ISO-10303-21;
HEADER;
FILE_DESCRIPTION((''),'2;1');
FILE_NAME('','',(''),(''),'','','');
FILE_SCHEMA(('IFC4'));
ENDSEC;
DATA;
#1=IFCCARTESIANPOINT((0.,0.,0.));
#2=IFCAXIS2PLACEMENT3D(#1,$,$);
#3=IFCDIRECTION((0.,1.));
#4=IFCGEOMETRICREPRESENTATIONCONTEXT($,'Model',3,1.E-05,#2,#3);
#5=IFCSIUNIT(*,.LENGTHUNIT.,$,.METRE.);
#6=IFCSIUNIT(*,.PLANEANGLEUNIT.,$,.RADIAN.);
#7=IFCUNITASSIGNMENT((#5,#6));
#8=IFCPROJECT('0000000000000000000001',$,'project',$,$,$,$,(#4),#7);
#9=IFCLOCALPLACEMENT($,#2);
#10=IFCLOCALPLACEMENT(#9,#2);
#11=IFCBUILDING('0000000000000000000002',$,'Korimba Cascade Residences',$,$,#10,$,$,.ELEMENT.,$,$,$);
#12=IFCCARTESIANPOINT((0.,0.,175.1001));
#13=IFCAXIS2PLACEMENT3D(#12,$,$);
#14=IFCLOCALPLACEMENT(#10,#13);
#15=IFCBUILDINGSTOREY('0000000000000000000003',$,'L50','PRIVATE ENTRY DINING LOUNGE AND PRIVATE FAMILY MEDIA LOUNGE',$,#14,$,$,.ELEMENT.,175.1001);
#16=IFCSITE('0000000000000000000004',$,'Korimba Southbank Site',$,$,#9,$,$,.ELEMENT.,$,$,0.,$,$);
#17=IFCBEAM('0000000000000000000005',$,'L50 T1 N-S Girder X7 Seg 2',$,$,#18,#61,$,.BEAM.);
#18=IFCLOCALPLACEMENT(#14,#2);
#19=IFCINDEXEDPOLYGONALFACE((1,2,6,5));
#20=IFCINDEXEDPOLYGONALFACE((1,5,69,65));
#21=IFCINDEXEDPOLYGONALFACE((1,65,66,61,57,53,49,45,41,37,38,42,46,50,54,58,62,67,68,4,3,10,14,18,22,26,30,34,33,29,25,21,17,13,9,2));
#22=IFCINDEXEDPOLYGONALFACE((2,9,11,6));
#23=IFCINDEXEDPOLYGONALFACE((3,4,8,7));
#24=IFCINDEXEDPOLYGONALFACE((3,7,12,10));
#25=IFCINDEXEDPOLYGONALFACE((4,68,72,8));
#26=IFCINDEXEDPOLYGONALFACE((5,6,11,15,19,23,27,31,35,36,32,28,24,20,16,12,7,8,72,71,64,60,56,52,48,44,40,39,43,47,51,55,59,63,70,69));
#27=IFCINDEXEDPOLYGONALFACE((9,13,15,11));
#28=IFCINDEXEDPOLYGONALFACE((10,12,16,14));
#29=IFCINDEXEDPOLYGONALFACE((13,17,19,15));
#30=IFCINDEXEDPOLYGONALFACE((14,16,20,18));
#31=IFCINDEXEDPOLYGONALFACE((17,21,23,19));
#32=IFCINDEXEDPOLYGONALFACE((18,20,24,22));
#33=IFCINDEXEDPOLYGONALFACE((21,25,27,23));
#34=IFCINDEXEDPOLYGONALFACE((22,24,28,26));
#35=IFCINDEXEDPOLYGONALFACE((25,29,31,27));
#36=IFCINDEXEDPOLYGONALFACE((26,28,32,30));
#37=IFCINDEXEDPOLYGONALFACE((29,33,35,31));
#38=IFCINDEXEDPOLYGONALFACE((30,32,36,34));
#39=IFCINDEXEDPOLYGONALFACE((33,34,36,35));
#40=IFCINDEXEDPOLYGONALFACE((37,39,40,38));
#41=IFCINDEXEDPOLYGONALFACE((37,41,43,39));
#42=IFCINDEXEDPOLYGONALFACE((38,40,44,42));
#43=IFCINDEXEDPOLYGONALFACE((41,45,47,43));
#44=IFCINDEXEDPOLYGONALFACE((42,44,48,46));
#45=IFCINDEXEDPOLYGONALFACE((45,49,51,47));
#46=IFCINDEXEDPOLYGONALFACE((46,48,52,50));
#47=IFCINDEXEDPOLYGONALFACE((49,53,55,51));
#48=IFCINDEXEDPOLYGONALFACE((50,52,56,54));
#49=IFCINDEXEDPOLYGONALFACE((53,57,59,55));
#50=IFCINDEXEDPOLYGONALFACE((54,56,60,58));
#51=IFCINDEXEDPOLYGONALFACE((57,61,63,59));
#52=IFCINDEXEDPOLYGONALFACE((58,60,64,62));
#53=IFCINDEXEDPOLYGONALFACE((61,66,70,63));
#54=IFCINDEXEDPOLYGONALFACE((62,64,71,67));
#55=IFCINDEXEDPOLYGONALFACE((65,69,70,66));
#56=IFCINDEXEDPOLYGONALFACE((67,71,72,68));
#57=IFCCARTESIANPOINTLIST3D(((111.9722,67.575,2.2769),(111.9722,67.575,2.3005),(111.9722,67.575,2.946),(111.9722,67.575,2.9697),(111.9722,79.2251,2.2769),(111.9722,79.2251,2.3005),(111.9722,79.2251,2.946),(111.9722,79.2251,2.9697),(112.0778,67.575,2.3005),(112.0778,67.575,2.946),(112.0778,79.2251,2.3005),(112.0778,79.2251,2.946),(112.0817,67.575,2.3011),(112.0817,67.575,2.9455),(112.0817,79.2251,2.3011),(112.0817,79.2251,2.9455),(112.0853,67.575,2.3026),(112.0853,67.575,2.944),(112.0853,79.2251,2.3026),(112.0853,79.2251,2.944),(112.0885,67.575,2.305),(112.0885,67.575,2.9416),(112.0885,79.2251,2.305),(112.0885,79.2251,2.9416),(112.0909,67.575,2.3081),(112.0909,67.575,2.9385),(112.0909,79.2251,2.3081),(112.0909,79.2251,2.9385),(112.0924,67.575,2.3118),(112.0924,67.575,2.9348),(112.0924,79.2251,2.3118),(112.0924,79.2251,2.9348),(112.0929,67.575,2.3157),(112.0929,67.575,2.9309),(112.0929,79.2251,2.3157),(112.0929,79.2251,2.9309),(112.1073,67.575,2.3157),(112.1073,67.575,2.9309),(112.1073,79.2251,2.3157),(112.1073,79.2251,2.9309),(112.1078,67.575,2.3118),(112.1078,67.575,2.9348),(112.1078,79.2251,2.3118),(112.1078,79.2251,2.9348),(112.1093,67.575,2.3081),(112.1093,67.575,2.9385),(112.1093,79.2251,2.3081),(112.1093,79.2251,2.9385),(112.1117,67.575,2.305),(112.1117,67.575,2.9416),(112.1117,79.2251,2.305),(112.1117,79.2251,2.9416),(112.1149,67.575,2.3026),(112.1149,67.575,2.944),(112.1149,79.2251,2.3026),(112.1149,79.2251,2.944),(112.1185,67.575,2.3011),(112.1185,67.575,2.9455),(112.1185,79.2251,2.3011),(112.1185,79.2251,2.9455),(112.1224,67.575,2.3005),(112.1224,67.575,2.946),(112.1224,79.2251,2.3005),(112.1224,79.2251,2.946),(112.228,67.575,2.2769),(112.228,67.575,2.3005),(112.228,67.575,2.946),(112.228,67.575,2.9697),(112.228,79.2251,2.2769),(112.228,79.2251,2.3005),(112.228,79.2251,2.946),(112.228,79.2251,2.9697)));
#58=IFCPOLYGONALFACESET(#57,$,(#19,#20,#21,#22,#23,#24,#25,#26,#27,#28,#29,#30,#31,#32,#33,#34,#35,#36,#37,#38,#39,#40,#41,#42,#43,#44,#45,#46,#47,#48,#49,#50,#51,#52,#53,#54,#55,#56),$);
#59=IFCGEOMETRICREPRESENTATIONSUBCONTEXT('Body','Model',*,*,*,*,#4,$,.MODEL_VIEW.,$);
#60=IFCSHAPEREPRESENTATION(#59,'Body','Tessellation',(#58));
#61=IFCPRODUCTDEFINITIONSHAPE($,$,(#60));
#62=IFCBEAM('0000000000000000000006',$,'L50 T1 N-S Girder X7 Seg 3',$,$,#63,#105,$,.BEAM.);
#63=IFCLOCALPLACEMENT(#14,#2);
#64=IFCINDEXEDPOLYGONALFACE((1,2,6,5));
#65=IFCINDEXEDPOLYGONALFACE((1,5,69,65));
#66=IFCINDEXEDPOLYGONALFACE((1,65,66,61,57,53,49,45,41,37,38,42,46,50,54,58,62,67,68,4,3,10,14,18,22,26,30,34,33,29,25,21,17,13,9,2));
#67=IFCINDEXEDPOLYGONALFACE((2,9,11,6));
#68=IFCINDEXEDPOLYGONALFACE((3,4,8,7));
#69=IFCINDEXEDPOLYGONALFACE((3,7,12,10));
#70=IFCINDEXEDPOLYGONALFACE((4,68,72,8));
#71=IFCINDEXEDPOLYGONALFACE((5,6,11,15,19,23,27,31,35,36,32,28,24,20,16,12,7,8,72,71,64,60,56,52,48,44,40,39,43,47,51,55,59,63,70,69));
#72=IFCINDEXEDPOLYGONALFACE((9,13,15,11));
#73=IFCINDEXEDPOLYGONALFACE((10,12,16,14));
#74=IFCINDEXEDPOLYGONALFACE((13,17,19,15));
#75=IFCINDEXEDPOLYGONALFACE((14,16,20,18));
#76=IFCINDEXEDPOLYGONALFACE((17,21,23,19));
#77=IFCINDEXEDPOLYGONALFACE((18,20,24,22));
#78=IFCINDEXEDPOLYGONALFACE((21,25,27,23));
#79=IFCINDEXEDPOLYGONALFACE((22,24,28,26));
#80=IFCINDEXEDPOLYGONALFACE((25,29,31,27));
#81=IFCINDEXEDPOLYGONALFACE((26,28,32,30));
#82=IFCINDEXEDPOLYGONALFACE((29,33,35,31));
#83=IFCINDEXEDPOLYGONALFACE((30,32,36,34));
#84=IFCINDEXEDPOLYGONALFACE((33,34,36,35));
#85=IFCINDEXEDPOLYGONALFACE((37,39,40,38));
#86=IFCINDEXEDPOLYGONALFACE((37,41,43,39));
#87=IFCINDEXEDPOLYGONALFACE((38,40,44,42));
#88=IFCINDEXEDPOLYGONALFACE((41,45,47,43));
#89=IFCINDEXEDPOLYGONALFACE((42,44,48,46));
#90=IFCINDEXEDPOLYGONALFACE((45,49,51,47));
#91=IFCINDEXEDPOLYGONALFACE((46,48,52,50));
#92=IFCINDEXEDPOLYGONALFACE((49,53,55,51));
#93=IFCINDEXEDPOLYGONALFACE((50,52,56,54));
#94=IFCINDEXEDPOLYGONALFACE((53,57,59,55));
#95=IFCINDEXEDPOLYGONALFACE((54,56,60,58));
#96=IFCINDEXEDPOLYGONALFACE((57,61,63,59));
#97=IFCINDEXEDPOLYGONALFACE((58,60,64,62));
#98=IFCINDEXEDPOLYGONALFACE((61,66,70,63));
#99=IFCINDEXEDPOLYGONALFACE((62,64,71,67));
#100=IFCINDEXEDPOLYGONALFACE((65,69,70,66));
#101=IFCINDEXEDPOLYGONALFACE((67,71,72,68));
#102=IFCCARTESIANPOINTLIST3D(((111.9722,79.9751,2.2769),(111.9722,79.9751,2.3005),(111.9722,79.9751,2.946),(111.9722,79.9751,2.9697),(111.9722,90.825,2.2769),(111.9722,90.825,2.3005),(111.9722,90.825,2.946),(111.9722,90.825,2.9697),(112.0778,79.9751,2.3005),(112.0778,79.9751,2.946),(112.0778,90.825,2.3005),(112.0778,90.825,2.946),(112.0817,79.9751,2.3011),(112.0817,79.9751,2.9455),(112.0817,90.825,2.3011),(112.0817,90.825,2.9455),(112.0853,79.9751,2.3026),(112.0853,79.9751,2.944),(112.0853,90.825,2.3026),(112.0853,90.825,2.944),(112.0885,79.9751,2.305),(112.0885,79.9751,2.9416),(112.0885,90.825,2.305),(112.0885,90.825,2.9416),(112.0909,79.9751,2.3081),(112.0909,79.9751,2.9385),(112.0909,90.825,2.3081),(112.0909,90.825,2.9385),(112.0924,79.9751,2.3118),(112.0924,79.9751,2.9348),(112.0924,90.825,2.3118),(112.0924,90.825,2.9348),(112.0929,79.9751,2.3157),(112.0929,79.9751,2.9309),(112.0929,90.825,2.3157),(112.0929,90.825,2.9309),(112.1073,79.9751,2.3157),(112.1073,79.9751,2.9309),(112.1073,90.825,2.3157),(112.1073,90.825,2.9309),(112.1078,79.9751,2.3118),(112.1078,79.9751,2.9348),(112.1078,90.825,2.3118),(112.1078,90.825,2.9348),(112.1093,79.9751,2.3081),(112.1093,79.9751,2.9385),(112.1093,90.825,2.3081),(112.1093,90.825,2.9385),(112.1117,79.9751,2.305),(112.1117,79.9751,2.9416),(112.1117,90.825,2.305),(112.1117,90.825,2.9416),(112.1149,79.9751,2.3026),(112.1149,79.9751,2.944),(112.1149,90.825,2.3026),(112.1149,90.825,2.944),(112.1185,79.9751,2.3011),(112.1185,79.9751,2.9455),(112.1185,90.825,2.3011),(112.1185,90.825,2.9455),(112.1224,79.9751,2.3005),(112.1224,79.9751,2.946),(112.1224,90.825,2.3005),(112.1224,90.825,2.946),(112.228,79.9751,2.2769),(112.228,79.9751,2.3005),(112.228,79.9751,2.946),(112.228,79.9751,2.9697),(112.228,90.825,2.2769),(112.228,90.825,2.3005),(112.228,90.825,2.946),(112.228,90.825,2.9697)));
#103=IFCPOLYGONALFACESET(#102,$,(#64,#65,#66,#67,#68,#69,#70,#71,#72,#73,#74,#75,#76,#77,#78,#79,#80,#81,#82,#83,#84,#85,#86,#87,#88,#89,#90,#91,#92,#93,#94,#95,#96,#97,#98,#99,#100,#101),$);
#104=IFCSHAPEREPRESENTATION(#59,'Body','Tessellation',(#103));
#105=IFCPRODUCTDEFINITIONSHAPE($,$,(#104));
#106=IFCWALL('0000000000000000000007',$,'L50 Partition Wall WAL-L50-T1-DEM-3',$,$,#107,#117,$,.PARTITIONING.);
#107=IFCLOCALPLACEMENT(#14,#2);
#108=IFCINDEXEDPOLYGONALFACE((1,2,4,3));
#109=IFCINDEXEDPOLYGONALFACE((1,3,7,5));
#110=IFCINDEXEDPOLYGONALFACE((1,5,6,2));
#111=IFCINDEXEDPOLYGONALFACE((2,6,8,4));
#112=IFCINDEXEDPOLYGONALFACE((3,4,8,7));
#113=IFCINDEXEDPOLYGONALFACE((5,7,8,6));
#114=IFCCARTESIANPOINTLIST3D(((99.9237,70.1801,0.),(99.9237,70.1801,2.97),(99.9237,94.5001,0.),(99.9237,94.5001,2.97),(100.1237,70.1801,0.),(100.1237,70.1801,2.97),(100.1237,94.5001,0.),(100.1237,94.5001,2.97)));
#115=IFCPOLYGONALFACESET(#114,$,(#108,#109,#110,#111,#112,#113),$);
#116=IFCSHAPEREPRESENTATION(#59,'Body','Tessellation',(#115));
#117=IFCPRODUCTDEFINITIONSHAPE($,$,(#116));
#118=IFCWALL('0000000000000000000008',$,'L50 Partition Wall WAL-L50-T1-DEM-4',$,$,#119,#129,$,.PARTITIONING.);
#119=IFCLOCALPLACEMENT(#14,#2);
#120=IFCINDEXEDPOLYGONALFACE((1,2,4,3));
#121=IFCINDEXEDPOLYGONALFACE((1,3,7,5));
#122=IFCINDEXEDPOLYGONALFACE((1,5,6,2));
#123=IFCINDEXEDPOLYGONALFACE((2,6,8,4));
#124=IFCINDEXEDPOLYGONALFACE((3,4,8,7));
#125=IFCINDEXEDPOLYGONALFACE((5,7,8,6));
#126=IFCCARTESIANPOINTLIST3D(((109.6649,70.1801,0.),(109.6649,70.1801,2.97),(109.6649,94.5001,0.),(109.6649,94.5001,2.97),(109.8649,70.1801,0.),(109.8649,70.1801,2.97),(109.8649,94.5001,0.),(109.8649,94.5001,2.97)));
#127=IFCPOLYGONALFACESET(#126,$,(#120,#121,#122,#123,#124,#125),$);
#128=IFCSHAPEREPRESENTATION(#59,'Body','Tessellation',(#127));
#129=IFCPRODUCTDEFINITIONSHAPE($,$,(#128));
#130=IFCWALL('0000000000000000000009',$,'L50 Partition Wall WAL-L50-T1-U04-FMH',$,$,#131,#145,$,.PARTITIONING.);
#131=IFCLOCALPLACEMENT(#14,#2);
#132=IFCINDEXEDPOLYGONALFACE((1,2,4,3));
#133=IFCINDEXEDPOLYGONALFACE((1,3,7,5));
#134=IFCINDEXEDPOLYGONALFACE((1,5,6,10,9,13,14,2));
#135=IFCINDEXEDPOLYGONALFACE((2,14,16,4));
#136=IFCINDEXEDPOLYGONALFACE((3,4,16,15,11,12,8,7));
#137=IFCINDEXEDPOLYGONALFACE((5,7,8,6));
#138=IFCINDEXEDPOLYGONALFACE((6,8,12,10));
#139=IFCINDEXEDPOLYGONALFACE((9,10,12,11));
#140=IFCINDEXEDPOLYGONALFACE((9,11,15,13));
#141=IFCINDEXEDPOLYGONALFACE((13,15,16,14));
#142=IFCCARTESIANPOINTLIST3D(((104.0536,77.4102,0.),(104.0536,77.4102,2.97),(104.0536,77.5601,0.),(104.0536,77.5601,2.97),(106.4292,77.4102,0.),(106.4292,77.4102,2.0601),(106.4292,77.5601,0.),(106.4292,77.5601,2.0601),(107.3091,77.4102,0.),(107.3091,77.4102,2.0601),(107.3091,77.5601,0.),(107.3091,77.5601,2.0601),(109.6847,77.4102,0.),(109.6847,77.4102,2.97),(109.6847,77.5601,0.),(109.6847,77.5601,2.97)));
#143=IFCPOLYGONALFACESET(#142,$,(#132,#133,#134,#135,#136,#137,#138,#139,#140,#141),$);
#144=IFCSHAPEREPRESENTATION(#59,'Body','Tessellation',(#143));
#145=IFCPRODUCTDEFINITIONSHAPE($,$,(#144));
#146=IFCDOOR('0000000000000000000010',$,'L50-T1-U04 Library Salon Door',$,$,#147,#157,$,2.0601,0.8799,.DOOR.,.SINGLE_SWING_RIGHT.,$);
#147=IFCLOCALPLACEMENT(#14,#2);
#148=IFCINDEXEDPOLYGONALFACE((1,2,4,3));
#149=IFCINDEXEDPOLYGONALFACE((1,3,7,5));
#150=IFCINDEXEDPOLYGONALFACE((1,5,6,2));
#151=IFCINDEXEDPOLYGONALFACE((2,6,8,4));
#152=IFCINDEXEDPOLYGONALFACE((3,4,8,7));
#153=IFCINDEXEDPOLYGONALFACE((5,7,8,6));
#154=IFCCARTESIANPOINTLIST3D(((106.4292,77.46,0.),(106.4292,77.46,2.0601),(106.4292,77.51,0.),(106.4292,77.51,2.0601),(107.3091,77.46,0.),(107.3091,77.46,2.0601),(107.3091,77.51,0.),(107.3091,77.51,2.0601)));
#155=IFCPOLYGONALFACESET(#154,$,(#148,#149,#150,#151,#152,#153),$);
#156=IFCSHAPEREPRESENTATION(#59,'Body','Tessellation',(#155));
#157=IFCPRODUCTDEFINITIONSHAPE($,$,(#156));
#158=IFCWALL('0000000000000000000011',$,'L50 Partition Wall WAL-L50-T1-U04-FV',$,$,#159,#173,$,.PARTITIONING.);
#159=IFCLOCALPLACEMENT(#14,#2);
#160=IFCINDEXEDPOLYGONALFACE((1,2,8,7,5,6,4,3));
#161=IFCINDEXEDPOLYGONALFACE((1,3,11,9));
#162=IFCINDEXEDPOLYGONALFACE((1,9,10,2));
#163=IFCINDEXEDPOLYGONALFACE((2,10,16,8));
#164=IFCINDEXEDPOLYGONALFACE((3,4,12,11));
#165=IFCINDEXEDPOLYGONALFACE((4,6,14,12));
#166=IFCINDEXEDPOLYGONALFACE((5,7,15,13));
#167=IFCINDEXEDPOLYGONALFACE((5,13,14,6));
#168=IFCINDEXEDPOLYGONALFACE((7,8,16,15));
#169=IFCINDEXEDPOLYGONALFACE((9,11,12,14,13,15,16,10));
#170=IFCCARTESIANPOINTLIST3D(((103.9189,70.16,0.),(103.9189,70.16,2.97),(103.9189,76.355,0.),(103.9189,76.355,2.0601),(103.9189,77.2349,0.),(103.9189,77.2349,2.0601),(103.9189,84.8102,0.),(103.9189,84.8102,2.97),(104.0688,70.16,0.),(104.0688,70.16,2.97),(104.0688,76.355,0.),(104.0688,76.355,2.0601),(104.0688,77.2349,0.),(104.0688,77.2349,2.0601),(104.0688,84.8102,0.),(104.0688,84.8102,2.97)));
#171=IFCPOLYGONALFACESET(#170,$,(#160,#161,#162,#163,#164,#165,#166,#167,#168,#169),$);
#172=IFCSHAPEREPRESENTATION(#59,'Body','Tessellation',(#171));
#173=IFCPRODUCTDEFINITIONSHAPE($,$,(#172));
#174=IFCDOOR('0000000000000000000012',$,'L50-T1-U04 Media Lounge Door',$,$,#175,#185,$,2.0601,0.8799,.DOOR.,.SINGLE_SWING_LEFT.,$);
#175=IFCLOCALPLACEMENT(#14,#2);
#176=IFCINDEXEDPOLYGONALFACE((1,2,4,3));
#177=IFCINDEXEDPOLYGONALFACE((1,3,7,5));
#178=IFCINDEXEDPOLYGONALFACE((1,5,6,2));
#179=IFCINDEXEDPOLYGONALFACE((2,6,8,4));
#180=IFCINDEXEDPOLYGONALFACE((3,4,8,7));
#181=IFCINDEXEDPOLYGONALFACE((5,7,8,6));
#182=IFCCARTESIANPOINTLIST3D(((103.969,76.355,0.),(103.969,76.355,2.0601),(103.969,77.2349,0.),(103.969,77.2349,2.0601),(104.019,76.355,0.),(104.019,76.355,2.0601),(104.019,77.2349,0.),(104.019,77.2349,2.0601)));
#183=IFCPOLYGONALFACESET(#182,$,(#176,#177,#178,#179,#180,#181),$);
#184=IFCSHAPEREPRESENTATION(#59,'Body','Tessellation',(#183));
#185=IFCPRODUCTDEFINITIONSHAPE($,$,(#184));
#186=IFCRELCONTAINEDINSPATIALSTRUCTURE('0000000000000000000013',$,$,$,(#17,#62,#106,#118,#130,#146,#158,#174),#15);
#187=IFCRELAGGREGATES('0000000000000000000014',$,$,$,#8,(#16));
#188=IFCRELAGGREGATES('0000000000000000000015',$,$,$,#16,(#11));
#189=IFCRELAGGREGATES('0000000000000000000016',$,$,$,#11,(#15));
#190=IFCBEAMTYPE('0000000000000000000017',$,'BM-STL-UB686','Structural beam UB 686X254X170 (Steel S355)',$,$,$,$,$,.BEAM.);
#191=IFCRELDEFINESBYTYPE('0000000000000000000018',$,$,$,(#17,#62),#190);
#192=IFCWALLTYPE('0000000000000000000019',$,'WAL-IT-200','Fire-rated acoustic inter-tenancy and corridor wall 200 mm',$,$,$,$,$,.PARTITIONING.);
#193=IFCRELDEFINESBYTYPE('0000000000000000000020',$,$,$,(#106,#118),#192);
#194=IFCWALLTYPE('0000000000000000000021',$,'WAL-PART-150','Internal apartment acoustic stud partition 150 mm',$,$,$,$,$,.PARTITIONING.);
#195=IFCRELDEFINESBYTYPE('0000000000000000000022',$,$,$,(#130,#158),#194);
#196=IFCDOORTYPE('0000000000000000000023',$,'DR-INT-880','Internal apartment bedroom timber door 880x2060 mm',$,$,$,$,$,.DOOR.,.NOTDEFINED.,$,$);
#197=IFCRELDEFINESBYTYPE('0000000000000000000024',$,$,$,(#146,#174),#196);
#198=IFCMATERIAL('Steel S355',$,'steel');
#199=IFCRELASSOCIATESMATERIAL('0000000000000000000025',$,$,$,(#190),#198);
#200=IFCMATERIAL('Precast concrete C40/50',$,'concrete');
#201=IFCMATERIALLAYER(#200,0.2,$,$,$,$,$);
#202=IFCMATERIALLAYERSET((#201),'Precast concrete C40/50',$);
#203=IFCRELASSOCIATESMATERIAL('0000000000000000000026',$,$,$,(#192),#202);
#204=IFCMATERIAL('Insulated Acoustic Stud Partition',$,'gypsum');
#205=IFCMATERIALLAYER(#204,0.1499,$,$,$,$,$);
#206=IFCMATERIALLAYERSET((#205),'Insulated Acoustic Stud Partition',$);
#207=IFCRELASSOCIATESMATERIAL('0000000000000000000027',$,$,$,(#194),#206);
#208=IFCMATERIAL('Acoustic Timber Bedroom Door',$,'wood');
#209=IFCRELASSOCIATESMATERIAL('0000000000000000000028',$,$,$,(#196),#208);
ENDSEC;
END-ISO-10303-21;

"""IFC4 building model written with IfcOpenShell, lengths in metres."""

from ifc_helpers import new_model, si_unit, direction, frame, frame_2d, origin, origin_2d, place, context, subcontext, project, spatial, rectangle, i_section, extrude, material, layer, layer_set, material_profile, profile_set, type_object, element, fill, save


model = new_model("IFC4")

# Units and contexts
model_context = context("Model", 3, precision=1e-05, world=origin(), true_north=direction((0.0, 1.0)))
body_context = subcontext(model_context, "Body", "Model", "MODEL_VIEW")
ifc_project = project(units=[si_unit("LENGTHUNIT", "METRE"), si_unit("PLANEANGLEUNIT", "RADIAN")], contexts=[model_context])

# Site, building, storey
site_placement = place(None, origin())
site = spatial("IfcSite", under=ifc_project, at=site_placement, Name="Korimba Southbank Site", CompositionType="ELEMENT", RefElevation=0.0)
building_placement = place(site_placement, origin())
building = spatial("IfcBuilding", under=site, at=building_placement, Name="Korimba Cascade Residences", CompositionType="ELEMENT")
storey_placement = place(building_placement, frame((0.0, 0.0, 175.1001)))
storey = spatial("IfcBuildingStorey", under=building, at=storey_placement, Name="L50", Description="PRIVATE ENTRY DINING LOUNGE AND PRIVATE FAMILY MEDIA LOUNGE", CompositionType="ELEMENT", Elevation=175.1001)

# Beams
ifc_material_1 = material(Name="Steel S355", Category="steel")
ifc_material_profile_1 = material_profile(ifc_material_1, i_section(OverallWidth=0.2559, OverallDepth=0.6929, WebThickness=0.0144, FlangeThickness=0.0237, FilletRadius=0.0151, at=origin_2d()), Name="Steel S355")
ifc_profile_set_1 = profile_set([ifc_material_profile_1], Name="Steel S355")
beam_type_1 = type_object("IfcBeamType", Name="BM-STL-UB686", Description="Structural beam UB 686X254X170 (Steel S355)", PredefinedType="BEAM", material=ifc_profile_set_1)
beam_1_placement = place(storey_placement, frame((112.1001, 67.575, 2.6233), z_axis=(0.0, 1.0, 0.0), x_axis=(-1.0, 0.0, 0.0)))
element("IfcBeam", 1, at=beam_1_placement, inside=storey, type_object=beam_type_1, Name="L50 T1 N-S Girder X7 Seg 2", PredefinedType="BEAM", context=body_context, shape_type="SweptSolid", body=[
    extrude(i_section(OverallWidth=0.2559, OverallDepth=0.6929, WebThickness=0.0144, FlangeThickness=0.0237, FilletRadius=0.0151, at=origin_2d()), origin(), (0.0, 0.0, 1.0), 11.6501),
])
beam_2_placement = place(storey_placement, frame((112.1001, 79.9751, 2.6233), z_axis=(0.0, 1.0, 0.0), x_axis=(-1.0, 0.0, 0.0)))
element("IfcBeam", 2, at=beam_2_placement, inside=storey, type_object=beam_type_1, Name="L50 T1 N-S Girder X7 Seg 3", PredefinedType="BEAM", context=body_context, shape_type="SweptSolid", body=[
    extrude(i_section(OverallWidth=0.2559, OverallDepth=0.6929, WebThickness=0.0144, FlangeThickness=0.0237, FilletRadius=0.0151, at=origin_2d()), origin(), (0.0, 0.0, 1.0), 10.8499),
])

# Walls
ifc_material_2 = material(Name="Precast concrete C40/50", Category="concrete")
ifc_layer_1 = layer(ifc_material_2, 0.2)
ifc_layer_set_1 = layer_set([ifc_layer_1], Name="Precast concrete C40/50")
wall_type_1 = type_object("IfcWallType", Name="WAL-IT-200", Description="Fire-rated acoustic inter-tenancy and corridor wall 200 mm", PredefinedType="PARTITIONING", material=ifc_layer_set_1)
for number, where, z_axis, x_axis, name in (
    (3, (100.0237, 70.1799, 0.0), (0.0, 0.0, 1.0), (0.0, 1.0, 0.0), "L50 Partition Wall WAL-L50-T1-DEM-3"),
    (4, (109.7649, 70.1799, 0.0), (0.0, 0.0, 1.0), (0.0, 1.0, 0.0), "L50 Partition Wall WAL-L50-T1-DEM-4"),
):
    element("IfcWall", number, at=place(storey_placement, frame(where, z_axis=z_axis, x_axis=x_axis)), inside=storey, type_object=wall_type_1, Name=name, PredefinedType="PARTITIONING", context=body_context, shape_type="SweptSolid", body=[
        extrude(rectangle(XDim=24.3201, YDim=0.2, at=frame_2d((12.1602, 0.0))), origin(), (0.0, 0.0, 1.0), 2.97),
    ])

# Walls, openings, doors
ifc_material_3 = material(Name="Insulated Acoustic Stud Partition", Category="gypsum")
ifc_layer_2 = layer(ifc_material_3, 0.1499)
ifc_layer_set_2 = layer_set([ifc_layer_2], Name="Insulated Acoustic Stud Partition")
wall_type_2 = type_object("IfcWallType", Name="WAL-PART-150", Description="Internal apartment acoustic stud partition 150 mm", PredefinedType="PARTITIONING", material=ifc_layer_set_2)
wall_1_placement = place(storey_placement, frame((104.0537, 77.4851, 0.0), z_axis=(0.0, 0.0, 1.0), x_axis=(1.0, 0.0, 0.0)))
wall_1 = element("IfcWall", 5, at=wall_1_placement, inside=storey, type_object=wall_type_2, Name="L50 Partition Wall WAL-L50-T1-U04-FMH", PredefinedType="PARTITIONING", context=body_context, shape_type="SweptSolid", body=[
    extrude(rectangle(XDim=5.6311, YDim=0.1499, at=frame_2d((2.8154, 0.0))), origin(), (0.0, 0.0, 1.0), 2.97),
])
opening_1_placement = place(wall_1_placement, frame((2.3755, 0.0, 0.0)))
opening_1 = element("IfcOpeningElement", 6, at=opening_1_placement, cuts=wall_1, PredefinedType="OPENING", context=body_context, shape_type="SweptSolid", body=[
    extrude(rectangle(XDim=0.8799, YDim=2.0601, at=frame_2d((0.4399, 1.03))), frame((0.0, 0.085, 0.0), z_axis=(0.0, -1.0, 0.0), x_axis=(1.0, 0.0, 0.0)), (0.0, 0.0, 1.0), 0.1699),
])
ifc_material_4 = material(Name="Acoustic Timber Bedroom Door", Category="wood")
door_type_1 = type_object("IfcDoorType", Name="DR-INT-880", Description="Internal apartment bedroom timber door 880x2060 mm", OperationType="NOTDEFINED", PredefinedType="DOOR", material=ifc_material_4)
door_1_placement = place(opening_1_placement, origin())
door_1 = element("IfcDoor", 7, at=door_1_placement, inside=storey, type_object=door_type_1, Name="L50-T1-U04 Library Salon Door", OperationType="SINGLE_SWING_RIGHT", OverallHeight=2.0601, OverallWidth=0.8799, PredefinedType="DOOR", context=body_context, shape_type="SweptSolid", body=[
    extrude(rectangle(XDim=0.8799, YDim=2.0601, at=frame_2d((0.4399, 1.03))), frame((0.0, 0.0249, 0.0), z_axis=(0.0, -1.0, 0.0), x_axis=(1.0, 0.0, 0.0)), (0.0, 0.0, 1.0), 0.05),
])
fill(opening_1, door_1)
wall_2_placement = place(storey_placement, frame((103.9939, 70.1599, 0.0), z_axis=(0.0, 0.0, 1.0), x_axis=(0.0, 1.0, 0.0)))
wall_2 = element("IfcWall", 8, at=wall_2_placement, inside=storey, type_object=wall_type_2, Name="L50 Partition Wall WAL-L50-T1-U04-FV", PredefinedType="PARTITIONING", context=body_context, shape_type="SweptSolid", body=[
    extrude(rectangle(XDim=14.6501, YDim=0.1499, at=frame_2d((7.3252, 0.0))), origin(), (0.0, 0.0, 1.0), 2.97),
])
opening_2_placement = place(wall_2_placement, frame((6.1951, 0.0, 0.0)))
opening_2 = element("IfcOpeningElement", 9, at=opening_2_placement, cuts=wall_2, PredefinedType="OPENING", context=body_context, shape_type="SweptSolid", body=[
    extrude(rectangle(XDim=0.8799, YDim=2.0601, at=frame_2d((0.4399, 1.03))), frame((0.0, 0.085, 0.0), z_axis=(0.0, -1.0, 0.0), x_axis=(1.0, 0.0, 0.0)), (0.0, 0.0, 1.0), 0.1699),
])
door_2_placement = place(opening_2_placement, origin())
door_2 = element("IfcDoor", 10, at=door_2_placement, inside=storey, type_object=door_type_1, Name="L50-T1-U04 Media Lounge Door", OperationType="SINGLE_SWING_LEFT", OverallHeight=2.0601, OverallWidth=0.8799, PredefinedType="DOOR", context=body_context, shape_type="SweptSolid", body=[
    extrude(rectangle(XDim=0.8799, YDim=2.0601, at=frame_2d((0.4399, 1.03))), frame((0.0, 0.0249, 0.0), z_axis=(0.0, -1.0, 0.0), x_axis=(1.0, 0.0, 0.0)), (0.0, 0.0, 1.0), 0.05),
])
fill(opening_2, door_2)

save(model, "model.ifc")
